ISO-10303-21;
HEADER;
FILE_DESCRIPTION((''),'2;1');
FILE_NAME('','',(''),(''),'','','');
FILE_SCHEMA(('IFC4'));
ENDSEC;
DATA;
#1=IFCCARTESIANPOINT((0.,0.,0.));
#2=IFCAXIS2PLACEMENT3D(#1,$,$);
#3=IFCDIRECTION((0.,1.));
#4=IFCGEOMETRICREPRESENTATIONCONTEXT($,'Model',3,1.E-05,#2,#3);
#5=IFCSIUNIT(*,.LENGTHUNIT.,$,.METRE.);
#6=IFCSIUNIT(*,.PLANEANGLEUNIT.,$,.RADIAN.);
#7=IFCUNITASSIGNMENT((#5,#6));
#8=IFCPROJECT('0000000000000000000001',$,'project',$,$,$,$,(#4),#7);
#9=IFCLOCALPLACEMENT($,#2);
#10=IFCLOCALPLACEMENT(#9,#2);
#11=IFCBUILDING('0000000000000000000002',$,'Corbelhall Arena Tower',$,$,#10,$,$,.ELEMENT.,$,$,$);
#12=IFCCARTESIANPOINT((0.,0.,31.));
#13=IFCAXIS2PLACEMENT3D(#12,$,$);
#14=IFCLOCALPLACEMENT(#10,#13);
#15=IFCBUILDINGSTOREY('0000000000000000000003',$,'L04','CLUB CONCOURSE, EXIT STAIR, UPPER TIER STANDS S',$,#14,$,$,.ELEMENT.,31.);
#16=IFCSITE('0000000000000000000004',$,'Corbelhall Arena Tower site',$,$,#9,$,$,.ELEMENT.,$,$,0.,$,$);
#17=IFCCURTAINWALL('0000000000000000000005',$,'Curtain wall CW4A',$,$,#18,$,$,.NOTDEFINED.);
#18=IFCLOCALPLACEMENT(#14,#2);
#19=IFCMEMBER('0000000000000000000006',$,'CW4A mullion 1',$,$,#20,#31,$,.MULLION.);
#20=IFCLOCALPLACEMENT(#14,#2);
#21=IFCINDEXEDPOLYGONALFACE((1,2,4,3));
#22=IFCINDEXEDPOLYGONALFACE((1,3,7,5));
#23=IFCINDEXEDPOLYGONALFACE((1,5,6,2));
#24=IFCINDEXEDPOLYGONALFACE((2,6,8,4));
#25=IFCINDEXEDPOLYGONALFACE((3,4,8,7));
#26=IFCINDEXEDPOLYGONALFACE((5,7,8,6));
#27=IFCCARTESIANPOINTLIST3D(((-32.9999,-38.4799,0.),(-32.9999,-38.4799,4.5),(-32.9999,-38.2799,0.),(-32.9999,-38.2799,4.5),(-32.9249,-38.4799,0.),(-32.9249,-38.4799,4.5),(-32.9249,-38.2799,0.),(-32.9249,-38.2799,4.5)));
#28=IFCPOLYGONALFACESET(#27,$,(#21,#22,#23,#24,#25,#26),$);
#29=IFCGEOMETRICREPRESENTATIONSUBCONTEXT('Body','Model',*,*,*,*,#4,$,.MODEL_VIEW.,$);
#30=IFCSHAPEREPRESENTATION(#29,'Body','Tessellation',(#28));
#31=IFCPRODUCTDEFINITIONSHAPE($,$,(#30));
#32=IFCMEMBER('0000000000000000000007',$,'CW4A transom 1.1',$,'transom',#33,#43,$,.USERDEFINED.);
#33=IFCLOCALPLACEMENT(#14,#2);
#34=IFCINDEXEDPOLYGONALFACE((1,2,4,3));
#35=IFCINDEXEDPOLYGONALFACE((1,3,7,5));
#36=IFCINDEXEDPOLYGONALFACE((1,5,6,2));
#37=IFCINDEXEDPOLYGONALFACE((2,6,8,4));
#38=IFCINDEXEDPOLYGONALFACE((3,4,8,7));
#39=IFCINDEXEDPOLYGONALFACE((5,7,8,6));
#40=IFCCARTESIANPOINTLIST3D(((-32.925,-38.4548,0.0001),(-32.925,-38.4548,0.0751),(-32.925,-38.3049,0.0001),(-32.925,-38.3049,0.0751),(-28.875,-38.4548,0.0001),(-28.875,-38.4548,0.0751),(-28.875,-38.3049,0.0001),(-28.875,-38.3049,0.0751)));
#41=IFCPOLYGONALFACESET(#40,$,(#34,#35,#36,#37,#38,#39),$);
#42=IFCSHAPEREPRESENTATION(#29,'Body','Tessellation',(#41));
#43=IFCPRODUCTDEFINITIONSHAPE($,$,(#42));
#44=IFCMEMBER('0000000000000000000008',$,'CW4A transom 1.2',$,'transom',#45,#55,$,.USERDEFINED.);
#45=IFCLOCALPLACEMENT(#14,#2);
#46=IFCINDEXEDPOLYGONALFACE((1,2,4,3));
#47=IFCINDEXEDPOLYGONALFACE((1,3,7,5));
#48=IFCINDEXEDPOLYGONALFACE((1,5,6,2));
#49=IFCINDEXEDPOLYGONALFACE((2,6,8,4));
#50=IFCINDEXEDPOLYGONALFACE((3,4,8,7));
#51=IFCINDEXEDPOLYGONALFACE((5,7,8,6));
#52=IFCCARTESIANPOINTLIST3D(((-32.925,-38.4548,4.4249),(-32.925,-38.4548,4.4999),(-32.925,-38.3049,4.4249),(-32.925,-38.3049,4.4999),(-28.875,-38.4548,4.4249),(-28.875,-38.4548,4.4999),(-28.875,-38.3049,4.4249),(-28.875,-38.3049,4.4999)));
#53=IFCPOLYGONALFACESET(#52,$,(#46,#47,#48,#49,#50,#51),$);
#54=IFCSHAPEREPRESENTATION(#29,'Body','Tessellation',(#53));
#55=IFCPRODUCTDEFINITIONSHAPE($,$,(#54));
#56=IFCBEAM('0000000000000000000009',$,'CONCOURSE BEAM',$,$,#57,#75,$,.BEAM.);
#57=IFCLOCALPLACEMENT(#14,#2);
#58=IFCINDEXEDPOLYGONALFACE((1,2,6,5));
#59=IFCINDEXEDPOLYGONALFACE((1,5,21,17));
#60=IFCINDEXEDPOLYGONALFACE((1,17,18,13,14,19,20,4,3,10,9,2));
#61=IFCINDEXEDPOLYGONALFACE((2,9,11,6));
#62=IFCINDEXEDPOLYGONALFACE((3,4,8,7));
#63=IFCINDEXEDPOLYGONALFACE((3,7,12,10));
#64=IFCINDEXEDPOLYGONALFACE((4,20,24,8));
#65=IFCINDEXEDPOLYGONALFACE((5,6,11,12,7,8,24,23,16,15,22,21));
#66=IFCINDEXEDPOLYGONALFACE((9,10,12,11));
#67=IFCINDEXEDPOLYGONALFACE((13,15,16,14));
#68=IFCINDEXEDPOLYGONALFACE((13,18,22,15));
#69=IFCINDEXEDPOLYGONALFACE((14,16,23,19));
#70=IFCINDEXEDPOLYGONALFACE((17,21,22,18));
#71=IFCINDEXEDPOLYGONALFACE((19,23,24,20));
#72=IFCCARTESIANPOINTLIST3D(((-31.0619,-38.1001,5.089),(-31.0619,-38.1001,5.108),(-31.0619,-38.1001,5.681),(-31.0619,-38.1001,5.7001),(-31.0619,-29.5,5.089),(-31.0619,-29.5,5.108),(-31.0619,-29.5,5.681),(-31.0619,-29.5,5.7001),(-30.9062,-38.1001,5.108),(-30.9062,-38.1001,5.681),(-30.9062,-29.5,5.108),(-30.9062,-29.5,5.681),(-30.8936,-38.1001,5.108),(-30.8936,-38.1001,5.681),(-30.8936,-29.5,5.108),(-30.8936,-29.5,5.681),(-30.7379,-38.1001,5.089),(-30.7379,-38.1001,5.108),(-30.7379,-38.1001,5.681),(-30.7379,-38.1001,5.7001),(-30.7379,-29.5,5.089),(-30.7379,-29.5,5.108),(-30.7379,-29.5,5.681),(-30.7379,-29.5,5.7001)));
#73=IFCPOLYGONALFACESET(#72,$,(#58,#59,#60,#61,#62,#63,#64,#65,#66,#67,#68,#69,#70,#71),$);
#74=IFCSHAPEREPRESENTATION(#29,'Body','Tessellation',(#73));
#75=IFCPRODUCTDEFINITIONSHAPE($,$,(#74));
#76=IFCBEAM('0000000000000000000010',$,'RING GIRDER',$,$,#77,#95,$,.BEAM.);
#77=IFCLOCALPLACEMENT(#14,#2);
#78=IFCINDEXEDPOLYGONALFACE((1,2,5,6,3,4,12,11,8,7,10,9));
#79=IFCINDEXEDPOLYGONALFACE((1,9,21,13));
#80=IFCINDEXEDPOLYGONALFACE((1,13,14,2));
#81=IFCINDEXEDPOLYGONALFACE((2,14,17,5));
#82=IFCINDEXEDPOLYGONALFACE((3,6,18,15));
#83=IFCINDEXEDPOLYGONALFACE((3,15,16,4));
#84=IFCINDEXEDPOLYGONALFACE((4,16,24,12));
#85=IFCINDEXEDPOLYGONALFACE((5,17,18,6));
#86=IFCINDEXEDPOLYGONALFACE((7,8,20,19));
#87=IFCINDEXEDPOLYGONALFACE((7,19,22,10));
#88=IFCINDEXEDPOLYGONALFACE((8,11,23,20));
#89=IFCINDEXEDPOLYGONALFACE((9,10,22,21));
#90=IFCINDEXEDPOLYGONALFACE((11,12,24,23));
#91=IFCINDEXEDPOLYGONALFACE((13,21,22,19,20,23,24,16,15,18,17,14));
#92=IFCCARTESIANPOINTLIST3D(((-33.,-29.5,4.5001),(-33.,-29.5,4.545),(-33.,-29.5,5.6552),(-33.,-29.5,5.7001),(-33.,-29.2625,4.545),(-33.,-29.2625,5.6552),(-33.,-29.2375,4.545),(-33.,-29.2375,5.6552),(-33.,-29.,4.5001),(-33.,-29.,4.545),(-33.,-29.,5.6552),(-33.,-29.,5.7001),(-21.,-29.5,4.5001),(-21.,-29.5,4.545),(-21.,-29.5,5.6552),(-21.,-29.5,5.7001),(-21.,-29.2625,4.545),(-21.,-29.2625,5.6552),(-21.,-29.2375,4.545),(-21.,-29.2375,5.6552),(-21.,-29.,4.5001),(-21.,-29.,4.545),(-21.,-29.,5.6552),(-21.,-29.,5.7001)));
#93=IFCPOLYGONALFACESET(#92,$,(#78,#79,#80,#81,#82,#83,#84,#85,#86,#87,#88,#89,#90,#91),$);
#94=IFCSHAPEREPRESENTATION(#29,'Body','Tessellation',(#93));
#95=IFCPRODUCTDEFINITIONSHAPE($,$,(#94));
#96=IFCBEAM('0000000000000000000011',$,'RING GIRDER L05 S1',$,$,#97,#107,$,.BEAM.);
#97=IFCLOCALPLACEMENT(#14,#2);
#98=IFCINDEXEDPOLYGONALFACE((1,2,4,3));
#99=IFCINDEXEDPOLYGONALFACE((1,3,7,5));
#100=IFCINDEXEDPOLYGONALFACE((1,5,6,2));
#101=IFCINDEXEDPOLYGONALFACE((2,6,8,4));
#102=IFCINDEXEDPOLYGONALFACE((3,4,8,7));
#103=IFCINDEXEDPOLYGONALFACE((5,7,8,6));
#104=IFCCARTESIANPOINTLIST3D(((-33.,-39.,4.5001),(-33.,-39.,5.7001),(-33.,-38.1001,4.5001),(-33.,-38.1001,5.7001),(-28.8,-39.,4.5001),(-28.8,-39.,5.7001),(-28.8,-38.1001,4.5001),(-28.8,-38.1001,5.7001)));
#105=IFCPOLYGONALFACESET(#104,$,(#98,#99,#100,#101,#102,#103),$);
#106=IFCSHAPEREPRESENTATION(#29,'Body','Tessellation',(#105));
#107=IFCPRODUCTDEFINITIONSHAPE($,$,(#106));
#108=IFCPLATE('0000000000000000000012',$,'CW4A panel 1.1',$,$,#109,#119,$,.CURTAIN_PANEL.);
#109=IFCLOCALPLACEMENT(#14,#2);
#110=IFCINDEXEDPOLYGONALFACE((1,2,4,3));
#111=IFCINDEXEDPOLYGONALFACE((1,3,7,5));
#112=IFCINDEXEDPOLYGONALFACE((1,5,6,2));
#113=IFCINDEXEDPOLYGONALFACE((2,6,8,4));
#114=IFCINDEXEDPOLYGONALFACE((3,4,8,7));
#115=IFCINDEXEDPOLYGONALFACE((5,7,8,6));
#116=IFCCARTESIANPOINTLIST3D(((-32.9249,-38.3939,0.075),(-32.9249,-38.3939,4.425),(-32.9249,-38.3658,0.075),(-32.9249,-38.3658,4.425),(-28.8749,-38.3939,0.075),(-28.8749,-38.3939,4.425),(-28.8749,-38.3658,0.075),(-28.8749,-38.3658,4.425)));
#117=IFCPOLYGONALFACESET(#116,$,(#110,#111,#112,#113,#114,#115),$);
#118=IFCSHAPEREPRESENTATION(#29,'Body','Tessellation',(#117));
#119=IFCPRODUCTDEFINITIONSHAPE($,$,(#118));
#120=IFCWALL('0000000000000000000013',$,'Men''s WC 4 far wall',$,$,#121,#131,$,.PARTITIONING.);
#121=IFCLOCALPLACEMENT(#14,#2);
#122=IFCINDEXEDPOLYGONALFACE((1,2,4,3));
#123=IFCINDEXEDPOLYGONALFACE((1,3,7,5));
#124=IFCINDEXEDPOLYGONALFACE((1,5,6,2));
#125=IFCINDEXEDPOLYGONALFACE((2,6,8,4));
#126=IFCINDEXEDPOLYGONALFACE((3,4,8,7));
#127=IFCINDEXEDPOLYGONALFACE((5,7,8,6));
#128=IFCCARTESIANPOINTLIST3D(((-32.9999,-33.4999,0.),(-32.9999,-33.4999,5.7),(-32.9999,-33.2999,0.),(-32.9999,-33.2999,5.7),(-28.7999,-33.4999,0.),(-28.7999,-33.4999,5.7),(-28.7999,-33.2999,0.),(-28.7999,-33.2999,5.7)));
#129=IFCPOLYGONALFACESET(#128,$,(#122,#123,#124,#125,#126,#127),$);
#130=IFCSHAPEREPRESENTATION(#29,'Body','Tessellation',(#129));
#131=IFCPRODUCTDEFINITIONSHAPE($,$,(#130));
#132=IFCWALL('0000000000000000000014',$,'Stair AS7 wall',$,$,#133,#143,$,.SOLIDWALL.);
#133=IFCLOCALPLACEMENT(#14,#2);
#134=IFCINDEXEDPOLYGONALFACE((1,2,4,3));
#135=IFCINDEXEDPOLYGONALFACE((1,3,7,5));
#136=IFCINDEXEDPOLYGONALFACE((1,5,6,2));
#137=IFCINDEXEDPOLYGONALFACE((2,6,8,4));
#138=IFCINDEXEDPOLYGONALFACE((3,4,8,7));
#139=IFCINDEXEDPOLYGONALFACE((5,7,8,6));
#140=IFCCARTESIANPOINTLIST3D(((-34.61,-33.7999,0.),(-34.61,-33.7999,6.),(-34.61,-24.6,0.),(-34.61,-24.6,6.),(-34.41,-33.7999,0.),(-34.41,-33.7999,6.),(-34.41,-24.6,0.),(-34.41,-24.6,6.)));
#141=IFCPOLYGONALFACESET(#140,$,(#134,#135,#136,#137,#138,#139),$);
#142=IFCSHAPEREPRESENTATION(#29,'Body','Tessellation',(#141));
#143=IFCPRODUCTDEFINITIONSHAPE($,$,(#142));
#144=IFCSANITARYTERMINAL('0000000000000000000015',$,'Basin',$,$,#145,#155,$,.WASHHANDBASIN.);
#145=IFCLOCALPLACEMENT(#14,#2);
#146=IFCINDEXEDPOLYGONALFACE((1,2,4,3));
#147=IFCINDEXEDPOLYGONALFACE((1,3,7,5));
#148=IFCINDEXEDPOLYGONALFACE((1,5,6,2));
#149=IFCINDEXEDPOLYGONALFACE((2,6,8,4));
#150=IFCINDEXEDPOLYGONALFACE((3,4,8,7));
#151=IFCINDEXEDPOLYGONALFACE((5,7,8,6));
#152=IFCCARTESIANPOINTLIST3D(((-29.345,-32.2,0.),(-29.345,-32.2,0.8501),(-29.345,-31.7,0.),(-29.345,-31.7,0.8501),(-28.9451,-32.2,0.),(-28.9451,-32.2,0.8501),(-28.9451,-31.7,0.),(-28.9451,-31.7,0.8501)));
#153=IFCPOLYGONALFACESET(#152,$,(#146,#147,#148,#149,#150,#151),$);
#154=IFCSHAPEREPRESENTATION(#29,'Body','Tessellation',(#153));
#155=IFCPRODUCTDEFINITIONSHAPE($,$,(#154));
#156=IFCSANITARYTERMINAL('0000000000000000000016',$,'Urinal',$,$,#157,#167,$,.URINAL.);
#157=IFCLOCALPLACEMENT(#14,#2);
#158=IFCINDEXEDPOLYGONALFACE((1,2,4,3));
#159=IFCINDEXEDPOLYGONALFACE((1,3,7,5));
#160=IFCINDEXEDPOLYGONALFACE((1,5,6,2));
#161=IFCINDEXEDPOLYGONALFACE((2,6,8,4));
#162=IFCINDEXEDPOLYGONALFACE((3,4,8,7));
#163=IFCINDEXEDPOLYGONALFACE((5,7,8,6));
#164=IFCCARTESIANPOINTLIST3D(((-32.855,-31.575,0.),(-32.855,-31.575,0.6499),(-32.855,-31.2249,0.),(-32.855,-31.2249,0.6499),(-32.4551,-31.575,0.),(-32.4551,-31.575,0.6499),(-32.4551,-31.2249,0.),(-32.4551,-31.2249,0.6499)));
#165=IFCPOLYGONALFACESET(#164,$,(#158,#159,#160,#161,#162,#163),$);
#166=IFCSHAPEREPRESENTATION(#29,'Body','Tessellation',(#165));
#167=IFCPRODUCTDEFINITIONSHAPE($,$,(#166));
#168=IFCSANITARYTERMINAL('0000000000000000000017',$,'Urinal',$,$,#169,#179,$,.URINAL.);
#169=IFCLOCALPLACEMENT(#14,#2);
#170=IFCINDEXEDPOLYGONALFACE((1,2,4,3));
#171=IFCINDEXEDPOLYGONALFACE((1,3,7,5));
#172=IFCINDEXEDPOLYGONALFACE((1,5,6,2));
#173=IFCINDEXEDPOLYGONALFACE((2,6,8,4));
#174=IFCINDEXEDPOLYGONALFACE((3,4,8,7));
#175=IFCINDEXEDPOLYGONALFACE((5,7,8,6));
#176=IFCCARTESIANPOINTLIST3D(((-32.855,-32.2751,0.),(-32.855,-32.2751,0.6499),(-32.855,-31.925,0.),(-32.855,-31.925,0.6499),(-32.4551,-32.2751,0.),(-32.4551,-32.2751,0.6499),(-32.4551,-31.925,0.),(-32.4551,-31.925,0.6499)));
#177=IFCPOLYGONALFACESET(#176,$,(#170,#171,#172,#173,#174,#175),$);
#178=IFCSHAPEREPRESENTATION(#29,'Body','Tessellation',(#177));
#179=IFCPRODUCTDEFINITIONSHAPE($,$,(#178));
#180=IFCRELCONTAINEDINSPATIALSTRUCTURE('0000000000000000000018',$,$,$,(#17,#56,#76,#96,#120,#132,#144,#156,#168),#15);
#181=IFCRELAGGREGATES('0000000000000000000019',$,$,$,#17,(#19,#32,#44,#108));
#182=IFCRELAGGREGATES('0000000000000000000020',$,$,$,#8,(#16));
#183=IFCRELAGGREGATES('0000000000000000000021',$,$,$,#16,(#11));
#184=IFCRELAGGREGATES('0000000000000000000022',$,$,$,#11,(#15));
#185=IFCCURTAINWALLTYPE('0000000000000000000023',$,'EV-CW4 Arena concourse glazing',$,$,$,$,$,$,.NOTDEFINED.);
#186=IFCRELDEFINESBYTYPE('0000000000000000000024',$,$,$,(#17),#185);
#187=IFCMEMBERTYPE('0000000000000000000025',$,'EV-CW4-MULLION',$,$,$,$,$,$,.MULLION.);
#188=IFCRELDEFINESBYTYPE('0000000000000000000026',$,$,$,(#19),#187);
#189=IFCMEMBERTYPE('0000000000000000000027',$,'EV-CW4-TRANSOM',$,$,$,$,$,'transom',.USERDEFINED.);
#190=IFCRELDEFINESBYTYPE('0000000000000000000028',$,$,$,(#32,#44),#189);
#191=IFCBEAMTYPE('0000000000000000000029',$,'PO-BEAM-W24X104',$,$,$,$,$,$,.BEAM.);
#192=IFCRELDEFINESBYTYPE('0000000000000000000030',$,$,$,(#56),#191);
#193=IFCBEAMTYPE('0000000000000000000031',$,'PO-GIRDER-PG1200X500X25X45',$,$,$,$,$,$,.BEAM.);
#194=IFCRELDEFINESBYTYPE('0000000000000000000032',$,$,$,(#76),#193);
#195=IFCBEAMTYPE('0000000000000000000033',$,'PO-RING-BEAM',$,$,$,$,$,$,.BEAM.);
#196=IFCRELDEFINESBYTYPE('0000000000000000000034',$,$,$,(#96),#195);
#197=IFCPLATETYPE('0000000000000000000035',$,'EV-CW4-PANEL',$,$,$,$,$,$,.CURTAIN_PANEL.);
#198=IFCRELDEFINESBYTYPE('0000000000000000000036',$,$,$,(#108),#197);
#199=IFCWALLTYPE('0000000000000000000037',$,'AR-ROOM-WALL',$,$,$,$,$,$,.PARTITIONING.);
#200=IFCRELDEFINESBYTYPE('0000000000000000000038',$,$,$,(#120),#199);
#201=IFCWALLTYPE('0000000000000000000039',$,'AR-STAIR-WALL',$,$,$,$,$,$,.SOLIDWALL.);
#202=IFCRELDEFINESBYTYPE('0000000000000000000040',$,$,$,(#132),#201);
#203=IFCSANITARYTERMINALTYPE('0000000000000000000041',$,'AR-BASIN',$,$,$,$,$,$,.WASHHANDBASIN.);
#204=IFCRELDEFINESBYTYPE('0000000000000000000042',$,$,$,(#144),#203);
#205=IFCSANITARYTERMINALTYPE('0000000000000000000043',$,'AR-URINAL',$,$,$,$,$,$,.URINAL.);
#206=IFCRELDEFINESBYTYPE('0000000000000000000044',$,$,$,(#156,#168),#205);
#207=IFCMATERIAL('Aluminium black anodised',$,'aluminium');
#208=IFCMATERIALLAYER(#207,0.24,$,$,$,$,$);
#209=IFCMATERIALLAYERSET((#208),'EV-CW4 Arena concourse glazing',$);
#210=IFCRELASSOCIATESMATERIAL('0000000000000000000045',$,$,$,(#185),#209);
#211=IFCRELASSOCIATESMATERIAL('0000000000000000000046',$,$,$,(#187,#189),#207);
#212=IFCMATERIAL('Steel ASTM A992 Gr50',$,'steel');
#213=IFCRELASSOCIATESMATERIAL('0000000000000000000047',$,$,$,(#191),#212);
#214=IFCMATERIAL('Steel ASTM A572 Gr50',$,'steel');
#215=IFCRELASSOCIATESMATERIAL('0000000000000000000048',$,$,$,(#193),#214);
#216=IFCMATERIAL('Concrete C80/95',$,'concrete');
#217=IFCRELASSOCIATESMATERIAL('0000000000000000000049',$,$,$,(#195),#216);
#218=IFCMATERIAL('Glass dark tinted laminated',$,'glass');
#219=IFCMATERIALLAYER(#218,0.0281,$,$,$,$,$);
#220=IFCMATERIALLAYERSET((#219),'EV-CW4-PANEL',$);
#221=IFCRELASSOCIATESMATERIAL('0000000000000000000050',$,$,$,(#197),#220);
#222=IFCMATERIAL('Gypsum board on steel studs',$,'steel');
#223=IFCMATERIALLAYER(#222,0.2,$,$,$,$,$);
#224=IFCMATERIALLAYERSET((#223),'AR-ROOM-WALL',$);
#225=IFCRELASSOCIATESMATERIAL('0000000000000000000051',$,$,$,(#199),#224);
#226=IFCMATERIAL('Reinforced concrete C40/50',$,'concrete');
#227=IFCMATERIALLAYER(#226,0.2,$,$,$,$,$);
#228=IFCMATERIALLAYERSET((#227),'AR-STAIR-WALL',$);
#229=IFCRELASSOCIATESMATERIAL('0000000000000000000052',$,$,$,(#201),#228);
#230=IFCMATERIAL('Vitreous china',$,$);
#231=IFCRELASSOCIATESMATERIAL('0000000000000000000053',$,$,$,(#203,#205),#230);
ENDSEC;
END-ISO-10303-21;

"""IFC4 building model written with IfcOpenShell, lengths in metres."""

from ifc_helpers import new_model, si_unit, direction, frame, frame_2d, origin, origin_2d, place, context, subcontext, project, spatial, rectangle, i_section, extrude, material, layer, layer_set, material_profile, profile_set, type_object, element, aggregate, save


model = new_model("IFC4")

# Units and contexts
model_context = context("Model", 3, precision=1e-05, world=origin(), true_north=direction((0.0, 1.0)))
body_context = subcontext(model_context, "Body", "Model", "MODEL_VIEW")
ifc_project = project(units=[si_unit("LENGTHUNIT", "METRE"), si_unit("PLANEANGLEUNIT", "RADIAN")], contexts=[model_context])

# Site, building, storey
site_placement = place(None, origin())
site = spatial("IfcSite", under=ifc_project, at=site_placement, Name="Corbelhall Arena Tower site", CompositionType="ELEMENT", RefElevation=0.0)
building_placement = place(site_placement, origin())
building = spatial("IfcBuilding", under=site, at=building_placement, Name="Corbelhall Arena Tower", CompositionType="ELEMENT")
storey_placement = place(building_placement, frame((0.0, 0.0, 31.0)))
storey = spatial("IfcBuildingStorey", under=building, at=storey_placement, Name="L04", Description="CLUB CONCOURSE, EXIT STAIR, UPPER TIER STANDS S", CompositionType="ELEMENT", Elevation=31.0)

# Curtain wall, members
ifc_material_1 = material(Name="Aluminium black anodised", Category="aluminium")
ifc_layer_1 = layer(ifc_material_1, 0.24)
ifc_layer_set_1 = layer_set([ifc_layer_1], Name="EV-CW4 Arena concourse glazing")
curtain_wall_type = type_object("IfcCurtainWallType", Name="EV-CW4 Arena concourse glazing", PredefinedType="NOTDEFINED", material=ifc_layer_set_1)
curtain_wall_placement = place(storey_placement, origin())
curtain_wall = element("IfcCurtainWall", 1, at=curtain_wall_placement, inside=storey, type_object=curtain_wall_type, Name="Curtain wall CW4A", PredefinedType="NOTDEFINED")
ifc_material_profile_1 = material_profile(ifc_material_1, rectangle(XDim=0.2, YDim=0.075, at=origin_2d()))
ifc_profile_set_1 = profile_set([ifc_material_profile_1], Name="Aluminium black anodised")
member_type_1 = type_object("IfcMemberType", Name="EV-CW4-MULLION", PredefinedType="MULLION", material=ifc_profile_set_1)
member_1_placement = place(storey_placement, frame((-32.9624, -38.3799, 0.0), z_axis=(0.0, 0.0, 1.0), x_axis=(0.0, 1.0, 0.0)))
member_1 = element("IfcMember", 2, at=member_1_placement, type_object=member_type_1, Name="CW4A mullion 1", PredefinedType="MULLION", context=body_context, shape_type="SweptSolid", body=[
    extrude(rectangle(XDim=0.2, YDim=0.075, at=origin_2d()), origin(), (0.0, 0.0, 1.0), 4.5),
])
ifc_material_profile_2 = material_profile(ifc_material_1, rectangle(XDim=0.1499, YDim=0.075, at=origin_2d()))
ifc_profile_set_2 = profile_set([ifc_material_profile_2], Name="Aluminium black anodised")
member_type_2 = type_object("IfcMemberType", Name="EV-CW4-TRANSOM", ElementType="transom", PredefinedType="USERDEFINED", material=ifc_profile_set_2)
member_2_placement = place(storey_placement, frame((-32.925, -38.3799, 0.0376), z_axis=(1.0, 0.0, 0.0), x_axis=(0.0, 1.0, 0.0)))
member_2 = element("IfcMember", 3, at=member_2_placement, type_object=member_type_2, Name="CW4A transom 1.1", ObjectType="transom", PredefinedType="USERDEFINED", context=body_context, shape_type="SweptSolid", body=[
    extrude(rectangle(XDim=0.1499, YDim=0.075, at=origin_2d()), origin(), (0.0, 0.0, 1.0), 4.05),
])
member_3_placement = place(storey_placement, frame((-32.925, -38.3799, 4.4624), z_axis=(1.0, 0.0, 0.0), x_axis=(0.0, 1.0, 0.0)))
member_3 = element("IfcMember", 4, at=member_3_placement, type_object=member_type_2, Name="CW4A transom 1.2", ObjectType="transom", PredefinedType="USERDEFINED", context=body_context, shape_type="SweptSolid", body=[
    extrude(rectangle(XDim=0.1499, YDim=0.075, at=origin_2d()), origin(), (0.0, 0.0, 1.0), 4.05),
])

# Beams
ifc_material_2 = material(Name="Steel ASTM A992 Gr50", Category="steel")
ifc_material_profile_3 = material_profile(ifc_material_2, i_section(OverallWidth=0.324, OverallDepth=0.6111, WebThickness=0.0127, FlangeThickness=0.019, at=origin_2d()))
ifc_profile_set_3 = profile_set([ifc_material_profile_3], Name="Steel ASTM A992 Gr50")
beam_type_1 = type_object("IfcBeamType", Name="PO-BEAM-W24X104", PredefinedType="BEAM", material=ifc_profile_set_3)
beam_1_placement = place(storey_placement, frame((-30.8999, -29.5, 5.3945), z_axis=(0.0, -1.0, 0.0), x_axis=(1.0, 0.0, 0.0)))
element("IfcBeam", 5, at=beam_1_placement, inside=storey, type_object=beam_type_1, Name="CONCOURSE BEAM", PredefinedType="BEAM", context=body_context, shape_type="SweptSolid", body=[
    extrude(i_section(OverallWidth=0.324, OverallDepth=0.6111, WebThickness=0.0127, FlangeThickness=0.019, at=origin_2d()), origin(), (0.0, 0.0, 1.0), 8.6001),
])
ifc_material_3 = material(Name="Steel ASTM A572 Gr50", Category="steel")
ifc_material_profile_4 = material_profile(ifc_material_3, i_section(OverallWidth=0.5, OverallDepth=1.2, WebThickness=0.0249, FlangeThickness=0.0449, at=origin_2d()))
ifc_profile_set_4 = profile_set([ifc_material_profile_4], Name="Steel ASTM A572 Gr50")
beam_type_2 = type_object("IfcBeamType", Name="PO-GIRDER-PG1200X500X25X45", PredefinedType="BEAM", material=ifc_profile_set_4)
beam_2_placement = place(storey_placement, frame((-33.0, -29.25, 5.1001), z_axis=(1.0, 0.0, 0.0), x_axis=(0.0, 1.0, 0.0)))
element("IfcBeam", 6, at=beam_2_placement, inside=storey, type_object=beam_type_2, Name="RING GIRDER", PredefinedType="BEAM", context=body_context, shape_type="SweptSolid", body=[
    extrude(i_section(OverallWidth=0.5, OverallDepth=1.2, WebThickness=0.0249, FlangeThickness=0.0449, at=origin_2d()), origin(), (0.0, 0.0, 1.0), 12.0),
])
ifc_material_4 = material(Name="Concrete C80/95", Category="concrete")
ifc_material_profile_5 = material_profile(ifc_material_4, rectangle(XDim=0.8999, YDim=1.2, at=origin_2d()))
ifc_profile_set_5 = profile_set([ifc_material_profile_5], Name="Concrete C80/95")
beam_type_3 = type_object("IfcBeamType", Name="PO-RING-BEAM", PredefinedType="BEAM", material=ifc_profile_set_5)
beam_3_placement = place(storey_placement, frame((-33.0, -38.55, 5.1001), z_axis=(1.0, 0.0, 0.0), x_axis=(0.0, 1.0, 0.0)))
element("IfcBeam", 7, at=beam_3_placement, inside=storey, type_object=beam_type_3, Name="RING GIRDER L05 S1", PredefinedType="BEAM", context=body_context, shape_type="SweptSolid", body=[
    extrude(rectangle(XDim=0.8999, YDim=1.2, at=origin_2d()), origin(), (0.0, 0.0, 1.0), 4.2),
])

# Plate
ifc_material_5 = material(Name="Glass dark tinted laminated", Category="glass")
ifc_layer_2 = layer(ifc_material_5, 0.0281)
ifc_layer_set_2 = layer_set([ifc_layer_2], Name="EV-CW4-PANEL")
plate_type = type_object("IfcPlateType", Name="EV-CW4-PANEL", PredefinedType="CURTAIN_PANEL", material=ifc_layer_set_2)
plate_placement = place(storey_placement, frame((-30.8999, -38.3799, 0.075), z_axis=(0.0, 0.0, 1.0), x_axis=(1.0, 0.0, 0.0)))
plate = element("IfcPlate", 8, at=plate_placement, type_object=plate_type, Name="CW4A panel 1.1", PredefinedType="CURTAIN_PANEL", context=body_context, shape_type="SweptSolid", body=[
    extrude(rectangle(XDim=4.05, YDim=0.0281, at=origin_2d()), origin(), (0.0, 0.0, 1.0), 4.3501),
])
aggregate(curtain_wall, [member_1, member_2, member_3, plate])

# Shared definitions
ifc_material_6 = material(Name="Gypsum board on steel studs", Category="steel")
ifc_layer_3 = layer(ifc_material_6, 0.2)
ifc_layer_set_3 = layer_set([ifc_layer_3], Name="AR-ROOM-WALL")
wall_type_1 = type_object("IfcWallType", Name="AR-ROOM-WALL", PredefinedType="PARTITIONING", material=ifc_layer_set_3)

# Walls
wall_1_placement = place(storey_placement, frame((-33.0, -33.3999, 0.0), z_axis=(0.0, 0.0, 1.0), x_axis=(1.0, 0.0, 0.0)))
element("IfcWall", 9, at=wall_1_placement, inside=storey, type_object=wall_type_1, Name="Men's WC 4 far wall", PredefinedType="PARTITIONING", context=body_context, shape_type="SweptSolid", body=[
    extrude(rectangle(XDim=4.2, YDim=0.2, at=frame_2d((2.1001, 0.0))), origin(), (0.0, 0.0, 1.0), 5.7),
])
ifc_material_7 = material(Name="Reinforced concrete C40/50", Category="concrete")
ifc_layer_4 = layer(ifc_material_7, 0.2)
ifc_layer_set_4 = layer_set([ifc_layer_4], Name="AR-STAIR-WALL")
wall_type_2 = type_object("IfcWallType", Name="AR-STAIR-WALL", PredefinedType="SOLIDWALL", material=ifc_layer_set_4)
wall_2_placement = place(storey_placement, frame((-34.51, -33.8, 0.0), z_axis=(0.0, 0.0, 1.0), x_axis=(0.0, 1.0, 0.0)))
element("IfcWall", 10, at=wall_2_placement, inside=storey, type_object=wall_type_2, Name="Stair AS7 wall", PredefinedType="SOLIDWALL", context=body_context, shape_type="SweptSolid", body=[
    extrude(rectangle(XDim=9.2, YDim=0.2, at=frame_2d((4.6001, 0.0))), origin(), (0.0, 0.0, 1.0), 6.0),
])

# Sanitary terminals
ifc_material_8 = material(Name="Vitreous china")
sanitary_terminal_type_1 = type_object("IfcSanitaryTerminalType", Name="AR-BASIN", PredefinedType="WASHHANDBASIN", material=ifc_material_8)
sanitary_terminal_placement = place(storey_placement, frame((-29.145, -31.95, 0.0), z_axis=(0.0, 0.0, 1.0), x_axis=(1.0, 0.0, 0.0)))
element("IfcSanitaryTerminal", 11, at=sanitary_terminal_placement, inside=storey, type_object=sanitary_terminal_type_1, Name="Basin", PredefinedType="WASHHANDBASIN", context=body_context, shape_type="SweptSolid", body=[
    extrude(rectangle(XDim=0.3999, YDim=0.5, at=origin_2d()), origin(), (0.0, 0.0, 1.0), 0.8501),
])
sanitary_terminal_type_2 = type_object("IfcSanitaryTerminalType", Name="AR-URINAL", PredefinedType="URINAL", material=ifc_material_8)
for number, where, z_axis, x_axis, name in (
    (12, (-32.655, -31.3999, 0.0), (0.0, 0.0, 1.0), (1.0, 0.0, 0.0), "Urinal"),
    (13, (-32.655, -32.1001, 0.0), (0.0, 0.0, 1.0), (1.0, 0.0, 0.0), "Urinal"),
):
    element("IfcSanitaryTerminal", number, at=place(storey_placement, frame(where, z_axis=z_axis, x_axis=x_axis)), inside=storey, type_object=sanitary_terminal_type_2, Name=name, PredefinedType="URINAL", context=body_context, shape_type="SweptSolid", body=[
        extrude(rectangle(XDim=0.3999, YDim=0.3501, at=origin_2d()), origin(), (0.0, 0.0, 1.0), 0.6499),
    ])

save(model, "model.ifc")
